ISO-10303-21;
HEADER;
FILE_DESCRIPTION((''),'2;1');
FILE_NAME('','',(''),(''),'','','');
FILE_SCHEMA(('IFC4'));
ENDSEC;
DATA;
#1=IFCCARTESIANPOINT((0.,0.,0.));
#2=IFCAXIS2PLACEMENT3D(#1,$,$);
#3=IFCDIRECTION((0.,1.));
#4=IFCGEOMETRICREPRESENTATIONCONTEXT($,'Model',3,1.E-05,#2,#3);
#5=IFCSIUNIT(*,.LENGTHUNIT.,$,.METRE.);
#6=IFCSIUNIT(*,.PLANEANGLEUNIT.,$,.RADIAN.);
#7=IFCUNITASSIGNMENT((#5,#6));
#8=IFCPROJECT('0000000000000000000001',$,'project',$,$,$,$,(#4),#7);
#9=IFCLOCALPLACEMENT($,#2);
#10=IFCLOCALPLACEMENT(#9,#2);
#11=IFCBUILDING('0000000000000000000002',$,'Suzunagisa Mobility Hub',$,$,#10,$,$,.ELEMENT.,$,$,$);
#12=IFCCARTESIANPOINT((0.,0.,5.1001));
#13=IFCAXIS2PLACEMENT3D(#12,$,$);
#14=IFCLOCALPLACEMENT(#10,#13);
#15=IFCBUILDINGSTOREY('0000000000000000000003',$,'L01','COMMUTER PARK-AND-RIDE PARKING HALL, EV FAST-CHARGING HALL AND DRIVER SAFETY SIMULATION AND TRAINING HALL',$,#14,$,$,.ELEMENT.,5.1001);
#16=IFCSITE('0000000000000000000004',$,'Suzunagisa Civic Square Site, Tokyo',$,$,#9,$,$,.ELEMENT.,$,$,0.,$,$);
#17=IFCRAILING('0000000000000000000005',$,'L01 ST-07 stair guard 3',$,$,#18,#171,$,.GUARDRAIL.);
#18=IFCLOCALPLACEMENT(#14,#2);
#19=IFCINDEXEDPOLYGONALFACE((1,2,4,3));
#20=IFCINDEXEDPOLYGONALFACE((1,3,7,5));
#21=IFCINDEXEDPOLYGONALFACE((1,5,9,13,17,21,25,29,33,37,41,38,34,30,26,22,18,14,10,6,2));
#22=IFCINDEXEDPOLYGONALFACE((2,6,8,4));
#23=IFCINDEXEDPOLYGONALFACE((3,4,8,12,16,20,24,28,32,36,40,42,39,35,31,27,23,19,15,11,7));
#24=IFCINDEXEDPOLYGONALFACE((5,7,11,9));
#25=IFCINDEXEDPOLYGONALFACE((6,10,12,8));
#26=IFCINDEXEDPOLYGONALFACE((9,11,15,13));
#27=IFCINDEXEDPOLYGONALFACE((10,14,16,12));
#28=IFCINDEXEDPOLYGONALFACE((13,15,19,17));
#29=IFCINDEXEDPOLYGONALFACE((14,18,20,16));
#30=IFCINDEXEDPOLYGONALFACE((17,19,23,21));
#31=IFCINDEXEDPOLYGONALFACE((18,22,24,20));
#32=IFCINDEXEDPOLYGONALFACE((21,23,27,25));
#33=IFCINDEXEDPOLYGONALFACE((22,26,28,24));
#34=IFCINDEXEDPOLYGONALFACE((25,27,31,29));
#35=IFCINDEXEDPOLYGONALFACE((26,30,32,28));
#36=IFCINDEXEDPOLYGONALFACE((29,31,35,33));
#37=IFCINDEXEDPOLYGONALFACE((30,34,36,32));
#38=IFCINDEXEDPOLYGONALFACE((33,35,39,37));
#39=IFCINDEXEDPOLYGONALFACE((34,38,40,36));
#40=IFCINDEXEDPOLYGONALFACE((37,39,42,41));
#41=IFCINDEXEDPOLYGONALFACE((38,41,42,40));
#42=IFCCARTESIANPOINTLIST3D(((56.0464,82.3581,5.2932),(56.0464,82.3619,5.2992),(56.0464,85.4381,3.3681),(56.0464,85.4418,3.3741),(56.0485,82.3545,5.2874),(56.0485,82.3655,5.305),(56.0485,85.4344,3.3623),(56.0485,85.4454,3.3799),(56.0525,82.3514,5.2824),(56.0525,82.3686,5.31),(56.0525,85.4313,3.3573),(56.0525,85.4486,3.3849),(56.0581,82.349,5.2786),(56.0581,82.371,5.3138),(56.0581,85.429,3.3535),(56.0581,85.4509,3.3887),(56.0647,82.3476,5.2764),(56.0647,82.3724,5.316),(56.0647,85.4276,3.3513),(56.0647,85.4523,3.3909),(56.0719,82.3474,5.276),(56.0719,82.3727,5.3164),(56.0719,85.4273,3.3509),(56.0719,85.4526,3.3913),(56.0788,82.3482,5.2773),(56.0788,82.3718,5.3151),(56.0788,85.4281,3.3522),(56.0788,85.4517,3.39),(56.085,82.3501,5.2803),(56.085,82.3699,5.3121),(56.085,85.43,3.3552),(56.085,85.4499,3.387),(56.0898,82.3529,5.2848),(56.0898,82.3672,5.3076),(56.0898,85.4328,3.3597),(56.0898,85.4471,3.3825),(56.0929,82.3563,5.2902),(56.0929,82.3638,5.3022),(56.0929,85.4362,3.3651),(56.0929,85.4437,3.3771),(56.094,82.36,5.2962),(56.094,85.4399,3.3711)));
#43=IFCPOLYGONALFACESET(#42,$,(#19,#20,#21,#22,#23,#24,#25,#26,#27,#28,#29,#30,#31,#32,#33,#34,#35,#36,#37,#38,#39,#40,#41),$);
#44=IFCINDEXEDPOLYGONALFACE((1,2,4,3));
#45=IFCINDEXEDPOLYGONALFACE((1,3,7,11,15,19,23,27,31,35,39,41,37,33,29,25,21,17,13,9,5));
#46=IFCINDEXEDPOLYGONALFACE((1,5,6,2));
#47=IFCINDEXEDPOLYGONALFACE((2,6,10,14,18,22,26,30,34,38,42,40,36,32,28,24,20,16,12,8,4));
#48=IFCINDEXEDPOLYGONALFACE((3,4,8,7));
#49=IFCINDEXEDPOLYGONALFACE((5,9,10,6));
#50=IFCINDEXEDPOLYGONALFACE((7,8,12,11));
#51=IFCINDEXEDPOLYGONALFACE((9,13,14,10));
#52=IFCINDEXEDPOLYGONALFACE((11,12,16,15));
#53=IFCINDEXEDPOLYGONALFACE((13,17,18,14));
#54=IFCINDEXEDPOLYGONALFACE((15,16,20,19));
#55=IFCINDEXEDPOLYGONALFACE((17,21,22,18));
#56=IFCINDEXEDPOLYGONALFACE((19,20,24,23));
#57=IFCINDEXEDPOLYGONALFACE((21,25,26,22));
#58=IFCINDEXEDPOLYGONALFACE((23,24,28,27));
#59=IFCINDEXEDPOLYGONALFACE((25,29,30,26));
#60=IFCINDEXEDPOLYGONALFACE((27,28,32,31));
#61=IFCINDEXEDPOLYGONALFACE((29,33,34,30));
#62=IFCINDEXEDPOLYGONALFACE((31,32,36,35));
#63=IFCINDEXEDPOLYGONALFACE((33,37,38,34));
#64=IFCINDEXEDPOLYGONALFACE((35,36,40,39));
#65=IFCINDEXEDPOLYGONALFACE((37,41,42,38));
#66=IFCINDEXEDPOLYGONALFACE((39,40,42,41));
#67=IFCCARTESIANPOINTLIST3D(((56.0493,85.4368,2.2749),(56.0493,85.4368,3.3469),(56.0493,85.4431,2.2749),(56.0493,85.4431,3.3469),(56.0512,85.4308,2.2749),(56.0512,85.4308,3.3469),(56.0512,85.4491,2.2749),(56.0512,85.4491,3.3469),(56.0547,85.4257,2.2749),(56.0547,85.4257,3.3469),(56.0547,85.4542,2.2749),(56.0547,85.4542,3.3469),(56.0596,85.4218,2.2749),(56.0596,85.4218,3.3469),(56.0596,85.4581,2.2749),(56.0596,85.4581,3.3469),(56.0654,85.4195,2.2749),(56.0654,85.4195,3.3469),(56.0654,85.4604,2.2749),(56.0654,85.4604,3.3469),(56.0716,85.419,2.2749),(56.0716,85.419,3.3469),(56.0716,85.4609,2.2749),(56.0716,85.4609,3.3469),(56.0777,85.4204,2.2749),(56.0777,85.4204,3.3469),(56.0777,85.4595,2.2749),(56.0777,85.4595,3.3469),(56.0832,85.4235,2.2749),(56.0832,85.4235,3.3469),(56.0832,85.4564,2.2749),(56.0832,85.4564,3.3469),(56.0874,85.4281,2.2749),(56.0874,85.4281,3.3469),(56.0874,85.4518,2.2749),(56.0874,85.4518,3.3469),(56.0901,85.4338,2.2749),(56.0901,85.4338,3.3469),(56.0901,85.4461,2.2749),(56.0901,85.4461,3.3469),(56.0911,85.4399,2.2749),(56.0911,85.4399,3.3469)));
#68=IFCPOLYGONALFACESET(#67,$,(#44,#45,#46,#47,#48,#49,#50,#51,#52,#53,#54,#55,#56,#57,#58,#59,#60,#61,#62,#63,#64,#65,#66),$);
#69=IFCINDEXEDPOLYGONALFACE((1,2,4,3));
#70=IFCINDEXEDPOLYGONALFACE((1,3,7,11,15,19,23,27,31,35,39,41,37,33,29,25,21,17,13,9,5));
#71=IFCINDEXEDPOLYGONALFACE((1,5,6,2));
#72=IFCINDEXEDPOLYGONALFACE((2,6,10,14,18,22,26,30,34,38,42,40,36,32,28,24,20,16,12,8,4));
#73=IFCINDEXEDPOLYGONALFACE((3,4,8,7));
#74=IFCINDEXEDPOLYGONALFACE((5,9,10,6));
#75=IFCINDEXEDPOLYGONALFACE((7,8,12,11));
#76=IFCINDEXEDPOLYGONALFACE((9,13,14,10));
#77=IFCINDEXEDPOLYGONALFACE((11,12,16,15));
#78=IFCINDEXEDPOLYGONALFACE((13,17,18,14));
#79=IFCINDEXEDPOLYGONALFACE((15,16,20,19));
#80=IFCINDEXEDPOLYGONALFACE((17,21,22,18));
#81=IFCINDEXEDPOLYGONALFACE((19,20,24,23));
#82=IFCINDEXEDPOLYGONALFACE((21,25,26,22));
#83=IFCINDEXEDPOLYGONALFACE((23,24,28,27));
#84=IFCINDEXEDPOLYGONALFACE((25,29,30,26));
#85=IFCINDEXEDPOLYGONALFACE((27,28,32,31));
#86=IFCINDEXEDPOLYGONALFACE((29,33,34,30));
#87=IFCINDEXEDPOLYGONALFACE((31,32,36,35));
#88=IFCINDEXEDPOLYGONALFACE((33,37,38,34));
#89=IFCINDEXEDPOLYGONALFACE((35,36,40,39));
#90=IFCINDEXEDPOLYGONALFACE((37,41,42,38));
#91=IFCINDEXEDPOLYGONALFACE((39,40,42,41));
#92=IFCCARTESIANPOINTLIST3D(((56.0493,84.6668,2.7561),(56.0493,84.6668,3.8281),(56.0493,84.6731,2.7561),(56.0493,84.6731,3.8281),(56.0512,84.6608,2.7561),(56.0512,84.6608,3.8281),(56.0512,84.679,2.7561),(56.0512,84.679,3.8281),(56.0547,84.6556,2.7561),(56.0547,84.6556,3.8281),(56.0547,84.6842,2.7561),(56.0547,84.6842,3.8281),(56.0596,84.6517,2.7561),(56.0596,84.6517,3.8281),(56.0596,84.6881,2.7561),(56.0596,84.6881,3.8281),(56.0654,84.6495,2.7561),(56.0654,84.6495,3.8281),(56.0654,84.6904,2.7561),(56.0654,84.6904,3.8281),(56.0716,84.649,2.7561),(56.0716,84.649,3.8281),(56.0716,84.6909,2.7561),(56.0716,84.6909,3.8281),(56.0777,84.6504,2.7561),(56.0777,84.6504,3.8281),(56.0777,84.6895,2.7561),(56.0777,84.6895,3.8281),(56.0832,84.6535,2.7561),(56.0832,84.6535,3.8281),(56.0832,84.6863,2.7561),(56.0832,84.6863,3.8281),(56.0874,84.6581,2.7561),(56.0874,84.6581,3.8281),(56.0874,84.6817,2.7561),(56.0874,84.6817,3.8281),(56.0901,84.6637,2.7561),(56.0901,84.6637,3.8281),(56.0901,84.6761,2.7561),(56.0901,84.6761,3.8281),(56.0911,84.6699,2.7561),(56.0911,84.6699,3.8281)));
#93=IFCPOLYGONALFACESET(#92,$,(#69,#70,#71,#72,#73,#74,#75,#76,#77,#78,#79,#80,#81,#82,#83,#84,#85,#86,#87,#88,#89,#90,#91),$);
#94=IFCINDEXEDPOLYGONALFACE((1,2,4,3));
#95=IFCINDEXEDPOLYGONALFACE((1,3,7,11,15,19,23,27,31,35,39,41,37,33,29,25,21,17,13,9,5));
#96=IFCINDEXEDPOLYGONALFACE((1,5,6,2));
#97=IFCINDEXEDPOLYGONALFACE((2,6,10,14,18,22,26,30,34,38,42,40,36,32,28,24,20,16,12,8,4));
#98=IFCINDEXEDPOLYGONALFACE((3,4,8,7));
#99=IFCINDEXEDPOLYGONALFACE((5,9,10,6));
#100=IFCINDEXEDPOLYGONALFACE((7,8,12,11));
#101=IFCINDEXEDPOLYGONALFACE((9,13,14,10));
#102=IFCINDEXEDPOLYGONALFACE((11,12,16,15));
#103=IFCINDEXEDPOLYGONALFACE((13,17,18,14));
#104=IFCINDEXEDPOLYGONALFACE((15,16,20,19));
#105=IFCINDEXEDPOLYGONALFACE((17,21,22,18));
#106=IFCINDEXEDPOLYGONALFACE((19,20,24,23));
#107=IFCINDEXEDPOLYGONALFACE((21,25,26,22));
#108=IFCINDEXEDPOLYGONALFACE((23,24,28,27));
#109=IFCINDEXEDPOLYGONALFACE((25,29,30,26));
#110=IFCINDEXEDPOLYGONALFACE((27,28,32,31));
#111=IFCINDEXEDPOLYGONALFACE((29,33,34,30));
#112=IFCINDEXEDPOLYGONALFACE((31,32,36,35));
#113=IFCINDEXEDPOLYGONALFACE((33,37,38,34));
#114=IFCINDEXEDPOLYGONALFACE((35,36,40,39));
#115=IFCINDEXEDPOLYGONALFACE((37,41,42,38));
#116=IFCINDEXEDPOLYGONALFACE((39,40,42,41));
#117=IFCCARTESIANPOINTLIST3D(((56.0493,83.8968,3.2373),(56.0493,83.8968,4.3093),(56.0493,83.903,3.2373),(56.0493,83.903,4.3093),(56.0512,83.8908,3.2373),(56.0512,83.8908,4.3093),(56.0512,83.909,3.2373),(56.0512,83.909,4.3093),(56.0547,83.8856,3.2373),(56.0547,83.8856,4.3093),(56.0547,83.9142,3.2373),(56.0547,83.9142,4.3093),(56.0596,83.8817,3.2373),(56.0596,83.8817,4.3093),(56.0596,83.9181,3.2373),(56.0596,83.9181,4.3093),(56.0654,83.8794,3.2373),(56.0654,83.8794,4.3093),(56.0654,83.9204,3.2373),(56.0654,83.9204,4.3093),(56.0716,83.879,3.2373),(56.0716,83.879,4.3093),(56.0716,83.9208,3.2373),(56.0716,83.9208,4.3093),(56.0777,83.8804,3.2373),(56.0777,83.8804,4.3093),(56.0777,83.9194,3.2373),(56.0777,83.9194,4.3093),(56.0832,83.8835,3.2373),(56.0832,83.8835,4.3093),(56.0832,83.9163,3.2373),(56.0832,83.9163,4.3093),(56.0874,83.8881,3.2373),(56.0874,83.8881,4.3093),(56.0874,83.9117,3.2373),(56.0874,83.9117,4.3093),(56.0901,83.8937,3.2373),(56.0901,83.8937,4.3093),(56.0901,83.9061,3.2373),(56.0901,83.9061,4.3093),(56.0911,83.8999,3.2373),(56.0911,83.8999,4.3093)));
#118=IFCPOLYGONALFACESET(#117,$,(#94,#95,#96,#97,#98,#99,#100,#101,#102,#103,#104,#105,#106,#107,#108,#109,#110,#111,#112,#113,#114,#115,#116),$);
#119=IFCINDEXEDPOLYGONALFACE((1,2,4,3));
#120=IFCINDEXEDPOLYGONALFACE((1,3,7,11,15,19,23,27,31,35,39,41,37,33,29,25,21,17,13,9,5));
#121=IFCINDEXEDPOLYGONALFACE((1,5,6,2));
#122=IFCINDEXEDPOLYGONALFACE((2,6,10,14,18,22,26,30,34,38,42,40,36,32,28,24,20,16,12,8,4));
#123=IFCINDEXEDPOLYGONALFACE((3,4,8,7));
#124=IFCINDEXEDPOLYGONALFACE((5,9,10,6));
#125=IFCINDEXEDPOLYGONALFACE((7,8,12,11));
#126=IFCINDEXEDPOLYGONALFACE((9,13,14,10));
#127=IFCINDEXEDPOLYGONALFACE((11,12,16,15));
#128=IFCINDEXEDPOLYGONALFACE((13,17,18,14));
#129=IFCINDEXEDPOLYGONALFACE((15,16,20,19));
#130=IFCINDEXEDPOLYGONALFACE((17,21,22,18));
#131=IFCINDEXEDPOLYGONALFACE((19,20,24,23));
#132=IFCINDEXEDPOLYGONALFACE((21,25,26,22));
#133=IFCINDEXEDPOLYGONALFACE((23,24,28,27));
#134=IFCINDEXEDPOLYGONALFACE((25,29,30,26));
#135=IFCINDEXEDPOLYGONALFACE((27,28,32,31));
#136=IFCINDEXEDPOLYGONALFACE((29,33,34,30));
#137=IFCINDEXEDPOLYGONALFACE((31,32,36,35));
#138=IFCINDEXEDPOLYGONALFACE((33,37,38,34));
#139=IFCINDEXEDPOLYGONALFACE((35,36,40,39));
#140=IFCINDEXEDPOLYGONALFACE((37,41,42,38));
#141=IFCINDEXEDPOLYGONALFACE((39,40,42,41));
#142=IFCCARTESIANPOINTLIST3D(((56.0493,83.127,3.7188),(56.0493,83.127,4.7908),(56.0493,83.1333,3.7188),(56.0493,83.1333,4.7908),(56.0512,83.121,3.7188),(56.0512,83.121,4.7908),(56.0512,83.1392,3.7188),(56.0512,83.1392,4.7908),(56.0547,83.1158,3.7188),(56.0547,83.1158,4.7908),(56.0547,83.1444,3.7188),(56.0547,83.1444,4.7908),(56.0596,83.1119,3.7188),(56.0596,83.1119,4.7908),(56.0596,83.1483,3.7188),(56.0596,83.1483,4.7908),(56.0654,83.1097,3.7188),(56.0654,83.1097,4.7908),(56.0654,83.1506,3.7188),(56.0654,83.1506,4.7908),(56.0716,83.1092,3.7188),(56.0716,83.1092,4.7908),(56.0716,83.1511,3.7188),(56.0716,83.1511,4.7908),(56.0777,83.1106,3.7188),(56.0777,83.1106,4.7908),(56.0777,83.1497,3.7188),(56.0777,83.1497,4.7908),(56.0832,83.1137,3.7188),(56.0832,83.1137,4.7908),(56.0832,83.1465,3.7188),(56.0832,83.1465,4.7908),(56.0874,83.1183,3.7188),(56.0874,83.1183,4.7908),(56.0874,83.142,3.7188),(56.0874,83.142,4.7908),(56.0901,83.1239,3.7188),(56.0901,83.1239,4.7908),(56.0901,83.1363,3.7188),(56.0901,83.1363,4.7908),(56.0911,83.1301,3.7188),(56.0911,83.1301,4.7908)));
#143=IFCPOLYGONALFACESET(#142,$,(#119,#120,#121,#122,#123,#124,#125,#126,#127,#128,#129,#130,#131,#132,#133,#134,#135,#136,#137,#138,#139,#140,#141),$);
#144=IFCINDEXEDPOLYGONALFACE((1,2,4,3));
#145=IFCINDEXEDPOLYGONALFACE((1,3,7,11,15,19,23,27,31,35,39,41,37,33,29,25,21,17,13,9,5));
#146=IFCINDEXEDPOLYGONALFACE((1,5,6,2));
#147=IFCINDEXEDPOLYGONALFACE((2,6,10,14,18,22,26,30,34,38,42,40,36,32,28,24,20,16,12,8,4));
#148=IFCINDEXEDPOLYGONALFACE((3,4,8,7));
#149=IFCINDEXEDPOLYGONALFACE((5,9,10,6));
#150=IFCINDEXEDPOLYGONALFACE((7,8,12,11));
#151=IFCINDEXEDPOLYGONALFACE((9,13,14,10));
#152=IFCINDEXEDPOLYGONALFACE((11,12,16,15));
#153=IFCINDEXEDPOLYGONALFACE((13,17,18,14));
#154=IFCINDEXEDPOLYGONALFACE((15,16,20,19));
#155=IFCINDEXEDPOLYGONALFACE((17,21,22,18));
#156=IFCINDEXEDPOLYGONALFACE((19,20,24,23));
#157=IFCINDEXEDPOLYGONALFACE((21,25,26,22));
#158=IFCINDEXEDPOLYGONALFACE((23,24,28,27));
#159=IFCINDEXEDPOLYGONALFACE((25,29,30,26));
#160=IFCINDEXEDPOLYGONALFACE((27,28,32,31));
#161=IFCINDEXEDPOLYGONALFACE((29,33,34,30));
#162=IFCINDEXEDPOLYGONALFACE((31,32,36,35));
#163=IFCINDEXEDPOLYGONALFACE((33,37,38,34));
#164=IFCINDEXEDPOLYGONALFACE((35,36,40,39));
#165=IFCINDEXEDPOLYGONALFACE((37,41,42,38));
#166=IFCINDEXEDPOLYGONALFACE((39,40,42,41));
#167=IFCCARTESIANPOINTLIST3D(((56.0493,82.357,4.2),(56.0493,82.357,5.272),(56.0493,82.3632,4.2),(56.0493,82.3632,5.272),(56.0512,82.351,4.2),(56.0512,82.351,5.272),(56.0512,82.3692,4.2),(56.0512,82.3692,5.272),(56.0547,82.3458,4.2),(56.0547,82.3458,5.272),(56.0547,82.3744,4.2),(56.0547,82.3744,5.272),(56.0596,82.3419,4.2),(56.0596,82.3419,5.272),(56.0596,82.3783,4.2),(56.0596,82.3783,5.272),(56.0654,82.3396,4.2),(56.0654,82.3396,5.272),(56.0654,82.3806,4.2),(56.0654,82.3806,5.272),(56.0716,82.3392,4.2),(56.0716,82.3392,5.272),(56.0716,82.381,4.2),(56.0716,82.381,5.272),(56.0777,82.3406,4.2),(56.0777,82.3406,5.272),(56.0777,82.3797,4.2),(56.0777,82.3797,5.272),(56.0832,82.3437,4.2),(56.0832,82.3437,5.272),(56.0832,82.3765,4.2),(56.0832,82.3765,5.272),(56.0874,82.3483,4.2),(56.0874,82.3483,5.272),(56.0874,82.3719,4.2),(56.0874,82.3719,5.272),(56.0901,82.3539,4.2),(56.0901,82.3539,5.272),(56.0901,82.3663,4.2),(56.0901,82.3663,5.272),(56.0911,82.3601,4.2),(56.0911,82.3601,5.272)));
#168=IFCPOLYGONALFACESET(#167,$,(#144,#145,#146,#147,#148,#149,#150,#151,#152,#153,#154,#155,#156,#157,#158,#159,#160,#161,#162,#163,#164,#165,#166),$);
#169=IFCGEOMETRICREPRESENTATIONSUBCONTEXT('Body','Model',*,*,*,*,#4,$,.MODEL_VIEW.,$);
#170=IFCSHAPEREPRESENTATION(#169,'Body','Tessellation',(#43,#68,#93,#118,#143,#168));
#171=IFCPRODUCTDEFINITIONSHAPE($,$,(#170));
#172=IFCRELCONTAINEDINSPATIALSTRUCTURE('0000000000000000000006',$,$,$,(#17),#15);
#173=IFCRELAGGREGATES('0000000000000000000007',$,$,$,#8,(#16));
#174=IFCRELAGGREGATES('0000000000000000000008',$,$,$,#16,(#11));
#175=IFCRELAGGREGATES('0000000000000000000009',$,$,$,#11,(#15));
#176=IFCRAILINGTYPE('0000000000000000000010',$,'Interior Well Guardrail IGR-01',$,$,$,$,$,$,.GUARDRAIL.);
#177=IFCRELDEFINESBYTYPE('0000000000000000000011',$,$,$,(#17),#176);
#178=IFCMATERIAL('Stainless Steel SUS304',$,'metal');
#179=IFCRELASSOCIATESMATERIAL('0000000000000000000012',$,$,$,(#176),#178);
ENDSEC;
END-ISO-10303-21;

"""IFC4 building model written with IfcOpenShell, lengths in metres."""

from ifc_helpers import new_model, si_unit, direction, frame, origin, origin_2d, place, context, subcontext, project, spatial, circle, extrude, material, type_object, element, save


model = new_model("IFC4")

# Units and contexts
model_context = context("Model", 3, precision=1e-05, world=origin(), true_north=direction((0.0, 1.0)))
body_context = subcontext(model_context, "Body", "Model", "MODEL_VIEW")
ifc_project = project(units=[si_unit("LENGTHUNIT", "METRE"), si_unit("PLANEANGLEUNIT", "RADIAN")], contexts=[model_context])

# Site, building, storey
site_placement = place(None, origin())
site = spatial("IfcSite", under=ifc_project, at=site_placement, Name="Suzunagisa Civic Square Site, Tokyo", CompositionType="ELEMENT", RefElevation=0.0)
building_placement = place(site_placement, origin())
building = spatial("IfcBuilding", under=site, at=building_placement, Name="Suzunagisa Mobility Hub", CompositionType="ELEMENT")
storey_placement = place(building_placement, frame((0.0, 0.0, 5.1001)))
storey = spatial("IfcBuildingStorey", under=building, at=storey_placement, Name="L01", Description="COMMUTER PARK-AND-RIDE PARKING HALL, EV FAST-CHARGING HALL AND DRIVER SAFETY SIMULATION AND TRAINING HALL", CompositionType="ELEMENT", Elevation=5.1001)

# Railing
ifc_material_1 = material(Name="Stainless Steel SUS304", Category="metal")
railing_type_1 = type_object("IfcRailingType", Name="Interior Well Guardrail IGR-01", PredefinedType="GUARDRAIL", material=ifc_material_1)
railing_1_placement = place(storey_placement, frame((56.0701, 85.4399, 2.2749)))
element("IfcRailing", 1, at=railing_1_placement, inside=storey, type_object=railing_type_1, Name="L01 ST-07 stair guard 3", PredefinedType="GUARDRAIL", context=body_context, shape_type="SweptSolid", body=[
    extrude(circle(Radius=0.0239, at=origin_2d()), frame((0.0, 0.0, 1.0962), z_axis=(0.0, -0.847979, 0.530029), x_axis=(1.0, 0.0, 0.0)), (0.0, 0.0, 1.0), 3.6321),
    extrude(circle(Radius=0.021, at=origin_2d()), origin(), (0.0, 0.0, 1.0), 1.072),
    extrude(circle(Radius=0.021, at=origin_2d()), frame((0.0, -0.77, 0.4812)), (0.0, 0.0, 1.0), 1.072),
    extrude(circle(Radius=0.021, at=origin_2d()), frame((0.0, -1.54, 0.9624)), (0.0, 0.0, 1.0), 1.072),
    extrude(circle(Radius=0.021, at=origin_2d()), frame((0.0, -2.3098, 1.4438)), (0.0, 0.0, 1.0), 1.072),
    extrude(circle(Radius=0.021, at=origin_2d()), frame((0.0, -3.0798, 1.925)), (0.0, 0.0, 1.0), 1.072),
])

save(model, "model.ifc")
